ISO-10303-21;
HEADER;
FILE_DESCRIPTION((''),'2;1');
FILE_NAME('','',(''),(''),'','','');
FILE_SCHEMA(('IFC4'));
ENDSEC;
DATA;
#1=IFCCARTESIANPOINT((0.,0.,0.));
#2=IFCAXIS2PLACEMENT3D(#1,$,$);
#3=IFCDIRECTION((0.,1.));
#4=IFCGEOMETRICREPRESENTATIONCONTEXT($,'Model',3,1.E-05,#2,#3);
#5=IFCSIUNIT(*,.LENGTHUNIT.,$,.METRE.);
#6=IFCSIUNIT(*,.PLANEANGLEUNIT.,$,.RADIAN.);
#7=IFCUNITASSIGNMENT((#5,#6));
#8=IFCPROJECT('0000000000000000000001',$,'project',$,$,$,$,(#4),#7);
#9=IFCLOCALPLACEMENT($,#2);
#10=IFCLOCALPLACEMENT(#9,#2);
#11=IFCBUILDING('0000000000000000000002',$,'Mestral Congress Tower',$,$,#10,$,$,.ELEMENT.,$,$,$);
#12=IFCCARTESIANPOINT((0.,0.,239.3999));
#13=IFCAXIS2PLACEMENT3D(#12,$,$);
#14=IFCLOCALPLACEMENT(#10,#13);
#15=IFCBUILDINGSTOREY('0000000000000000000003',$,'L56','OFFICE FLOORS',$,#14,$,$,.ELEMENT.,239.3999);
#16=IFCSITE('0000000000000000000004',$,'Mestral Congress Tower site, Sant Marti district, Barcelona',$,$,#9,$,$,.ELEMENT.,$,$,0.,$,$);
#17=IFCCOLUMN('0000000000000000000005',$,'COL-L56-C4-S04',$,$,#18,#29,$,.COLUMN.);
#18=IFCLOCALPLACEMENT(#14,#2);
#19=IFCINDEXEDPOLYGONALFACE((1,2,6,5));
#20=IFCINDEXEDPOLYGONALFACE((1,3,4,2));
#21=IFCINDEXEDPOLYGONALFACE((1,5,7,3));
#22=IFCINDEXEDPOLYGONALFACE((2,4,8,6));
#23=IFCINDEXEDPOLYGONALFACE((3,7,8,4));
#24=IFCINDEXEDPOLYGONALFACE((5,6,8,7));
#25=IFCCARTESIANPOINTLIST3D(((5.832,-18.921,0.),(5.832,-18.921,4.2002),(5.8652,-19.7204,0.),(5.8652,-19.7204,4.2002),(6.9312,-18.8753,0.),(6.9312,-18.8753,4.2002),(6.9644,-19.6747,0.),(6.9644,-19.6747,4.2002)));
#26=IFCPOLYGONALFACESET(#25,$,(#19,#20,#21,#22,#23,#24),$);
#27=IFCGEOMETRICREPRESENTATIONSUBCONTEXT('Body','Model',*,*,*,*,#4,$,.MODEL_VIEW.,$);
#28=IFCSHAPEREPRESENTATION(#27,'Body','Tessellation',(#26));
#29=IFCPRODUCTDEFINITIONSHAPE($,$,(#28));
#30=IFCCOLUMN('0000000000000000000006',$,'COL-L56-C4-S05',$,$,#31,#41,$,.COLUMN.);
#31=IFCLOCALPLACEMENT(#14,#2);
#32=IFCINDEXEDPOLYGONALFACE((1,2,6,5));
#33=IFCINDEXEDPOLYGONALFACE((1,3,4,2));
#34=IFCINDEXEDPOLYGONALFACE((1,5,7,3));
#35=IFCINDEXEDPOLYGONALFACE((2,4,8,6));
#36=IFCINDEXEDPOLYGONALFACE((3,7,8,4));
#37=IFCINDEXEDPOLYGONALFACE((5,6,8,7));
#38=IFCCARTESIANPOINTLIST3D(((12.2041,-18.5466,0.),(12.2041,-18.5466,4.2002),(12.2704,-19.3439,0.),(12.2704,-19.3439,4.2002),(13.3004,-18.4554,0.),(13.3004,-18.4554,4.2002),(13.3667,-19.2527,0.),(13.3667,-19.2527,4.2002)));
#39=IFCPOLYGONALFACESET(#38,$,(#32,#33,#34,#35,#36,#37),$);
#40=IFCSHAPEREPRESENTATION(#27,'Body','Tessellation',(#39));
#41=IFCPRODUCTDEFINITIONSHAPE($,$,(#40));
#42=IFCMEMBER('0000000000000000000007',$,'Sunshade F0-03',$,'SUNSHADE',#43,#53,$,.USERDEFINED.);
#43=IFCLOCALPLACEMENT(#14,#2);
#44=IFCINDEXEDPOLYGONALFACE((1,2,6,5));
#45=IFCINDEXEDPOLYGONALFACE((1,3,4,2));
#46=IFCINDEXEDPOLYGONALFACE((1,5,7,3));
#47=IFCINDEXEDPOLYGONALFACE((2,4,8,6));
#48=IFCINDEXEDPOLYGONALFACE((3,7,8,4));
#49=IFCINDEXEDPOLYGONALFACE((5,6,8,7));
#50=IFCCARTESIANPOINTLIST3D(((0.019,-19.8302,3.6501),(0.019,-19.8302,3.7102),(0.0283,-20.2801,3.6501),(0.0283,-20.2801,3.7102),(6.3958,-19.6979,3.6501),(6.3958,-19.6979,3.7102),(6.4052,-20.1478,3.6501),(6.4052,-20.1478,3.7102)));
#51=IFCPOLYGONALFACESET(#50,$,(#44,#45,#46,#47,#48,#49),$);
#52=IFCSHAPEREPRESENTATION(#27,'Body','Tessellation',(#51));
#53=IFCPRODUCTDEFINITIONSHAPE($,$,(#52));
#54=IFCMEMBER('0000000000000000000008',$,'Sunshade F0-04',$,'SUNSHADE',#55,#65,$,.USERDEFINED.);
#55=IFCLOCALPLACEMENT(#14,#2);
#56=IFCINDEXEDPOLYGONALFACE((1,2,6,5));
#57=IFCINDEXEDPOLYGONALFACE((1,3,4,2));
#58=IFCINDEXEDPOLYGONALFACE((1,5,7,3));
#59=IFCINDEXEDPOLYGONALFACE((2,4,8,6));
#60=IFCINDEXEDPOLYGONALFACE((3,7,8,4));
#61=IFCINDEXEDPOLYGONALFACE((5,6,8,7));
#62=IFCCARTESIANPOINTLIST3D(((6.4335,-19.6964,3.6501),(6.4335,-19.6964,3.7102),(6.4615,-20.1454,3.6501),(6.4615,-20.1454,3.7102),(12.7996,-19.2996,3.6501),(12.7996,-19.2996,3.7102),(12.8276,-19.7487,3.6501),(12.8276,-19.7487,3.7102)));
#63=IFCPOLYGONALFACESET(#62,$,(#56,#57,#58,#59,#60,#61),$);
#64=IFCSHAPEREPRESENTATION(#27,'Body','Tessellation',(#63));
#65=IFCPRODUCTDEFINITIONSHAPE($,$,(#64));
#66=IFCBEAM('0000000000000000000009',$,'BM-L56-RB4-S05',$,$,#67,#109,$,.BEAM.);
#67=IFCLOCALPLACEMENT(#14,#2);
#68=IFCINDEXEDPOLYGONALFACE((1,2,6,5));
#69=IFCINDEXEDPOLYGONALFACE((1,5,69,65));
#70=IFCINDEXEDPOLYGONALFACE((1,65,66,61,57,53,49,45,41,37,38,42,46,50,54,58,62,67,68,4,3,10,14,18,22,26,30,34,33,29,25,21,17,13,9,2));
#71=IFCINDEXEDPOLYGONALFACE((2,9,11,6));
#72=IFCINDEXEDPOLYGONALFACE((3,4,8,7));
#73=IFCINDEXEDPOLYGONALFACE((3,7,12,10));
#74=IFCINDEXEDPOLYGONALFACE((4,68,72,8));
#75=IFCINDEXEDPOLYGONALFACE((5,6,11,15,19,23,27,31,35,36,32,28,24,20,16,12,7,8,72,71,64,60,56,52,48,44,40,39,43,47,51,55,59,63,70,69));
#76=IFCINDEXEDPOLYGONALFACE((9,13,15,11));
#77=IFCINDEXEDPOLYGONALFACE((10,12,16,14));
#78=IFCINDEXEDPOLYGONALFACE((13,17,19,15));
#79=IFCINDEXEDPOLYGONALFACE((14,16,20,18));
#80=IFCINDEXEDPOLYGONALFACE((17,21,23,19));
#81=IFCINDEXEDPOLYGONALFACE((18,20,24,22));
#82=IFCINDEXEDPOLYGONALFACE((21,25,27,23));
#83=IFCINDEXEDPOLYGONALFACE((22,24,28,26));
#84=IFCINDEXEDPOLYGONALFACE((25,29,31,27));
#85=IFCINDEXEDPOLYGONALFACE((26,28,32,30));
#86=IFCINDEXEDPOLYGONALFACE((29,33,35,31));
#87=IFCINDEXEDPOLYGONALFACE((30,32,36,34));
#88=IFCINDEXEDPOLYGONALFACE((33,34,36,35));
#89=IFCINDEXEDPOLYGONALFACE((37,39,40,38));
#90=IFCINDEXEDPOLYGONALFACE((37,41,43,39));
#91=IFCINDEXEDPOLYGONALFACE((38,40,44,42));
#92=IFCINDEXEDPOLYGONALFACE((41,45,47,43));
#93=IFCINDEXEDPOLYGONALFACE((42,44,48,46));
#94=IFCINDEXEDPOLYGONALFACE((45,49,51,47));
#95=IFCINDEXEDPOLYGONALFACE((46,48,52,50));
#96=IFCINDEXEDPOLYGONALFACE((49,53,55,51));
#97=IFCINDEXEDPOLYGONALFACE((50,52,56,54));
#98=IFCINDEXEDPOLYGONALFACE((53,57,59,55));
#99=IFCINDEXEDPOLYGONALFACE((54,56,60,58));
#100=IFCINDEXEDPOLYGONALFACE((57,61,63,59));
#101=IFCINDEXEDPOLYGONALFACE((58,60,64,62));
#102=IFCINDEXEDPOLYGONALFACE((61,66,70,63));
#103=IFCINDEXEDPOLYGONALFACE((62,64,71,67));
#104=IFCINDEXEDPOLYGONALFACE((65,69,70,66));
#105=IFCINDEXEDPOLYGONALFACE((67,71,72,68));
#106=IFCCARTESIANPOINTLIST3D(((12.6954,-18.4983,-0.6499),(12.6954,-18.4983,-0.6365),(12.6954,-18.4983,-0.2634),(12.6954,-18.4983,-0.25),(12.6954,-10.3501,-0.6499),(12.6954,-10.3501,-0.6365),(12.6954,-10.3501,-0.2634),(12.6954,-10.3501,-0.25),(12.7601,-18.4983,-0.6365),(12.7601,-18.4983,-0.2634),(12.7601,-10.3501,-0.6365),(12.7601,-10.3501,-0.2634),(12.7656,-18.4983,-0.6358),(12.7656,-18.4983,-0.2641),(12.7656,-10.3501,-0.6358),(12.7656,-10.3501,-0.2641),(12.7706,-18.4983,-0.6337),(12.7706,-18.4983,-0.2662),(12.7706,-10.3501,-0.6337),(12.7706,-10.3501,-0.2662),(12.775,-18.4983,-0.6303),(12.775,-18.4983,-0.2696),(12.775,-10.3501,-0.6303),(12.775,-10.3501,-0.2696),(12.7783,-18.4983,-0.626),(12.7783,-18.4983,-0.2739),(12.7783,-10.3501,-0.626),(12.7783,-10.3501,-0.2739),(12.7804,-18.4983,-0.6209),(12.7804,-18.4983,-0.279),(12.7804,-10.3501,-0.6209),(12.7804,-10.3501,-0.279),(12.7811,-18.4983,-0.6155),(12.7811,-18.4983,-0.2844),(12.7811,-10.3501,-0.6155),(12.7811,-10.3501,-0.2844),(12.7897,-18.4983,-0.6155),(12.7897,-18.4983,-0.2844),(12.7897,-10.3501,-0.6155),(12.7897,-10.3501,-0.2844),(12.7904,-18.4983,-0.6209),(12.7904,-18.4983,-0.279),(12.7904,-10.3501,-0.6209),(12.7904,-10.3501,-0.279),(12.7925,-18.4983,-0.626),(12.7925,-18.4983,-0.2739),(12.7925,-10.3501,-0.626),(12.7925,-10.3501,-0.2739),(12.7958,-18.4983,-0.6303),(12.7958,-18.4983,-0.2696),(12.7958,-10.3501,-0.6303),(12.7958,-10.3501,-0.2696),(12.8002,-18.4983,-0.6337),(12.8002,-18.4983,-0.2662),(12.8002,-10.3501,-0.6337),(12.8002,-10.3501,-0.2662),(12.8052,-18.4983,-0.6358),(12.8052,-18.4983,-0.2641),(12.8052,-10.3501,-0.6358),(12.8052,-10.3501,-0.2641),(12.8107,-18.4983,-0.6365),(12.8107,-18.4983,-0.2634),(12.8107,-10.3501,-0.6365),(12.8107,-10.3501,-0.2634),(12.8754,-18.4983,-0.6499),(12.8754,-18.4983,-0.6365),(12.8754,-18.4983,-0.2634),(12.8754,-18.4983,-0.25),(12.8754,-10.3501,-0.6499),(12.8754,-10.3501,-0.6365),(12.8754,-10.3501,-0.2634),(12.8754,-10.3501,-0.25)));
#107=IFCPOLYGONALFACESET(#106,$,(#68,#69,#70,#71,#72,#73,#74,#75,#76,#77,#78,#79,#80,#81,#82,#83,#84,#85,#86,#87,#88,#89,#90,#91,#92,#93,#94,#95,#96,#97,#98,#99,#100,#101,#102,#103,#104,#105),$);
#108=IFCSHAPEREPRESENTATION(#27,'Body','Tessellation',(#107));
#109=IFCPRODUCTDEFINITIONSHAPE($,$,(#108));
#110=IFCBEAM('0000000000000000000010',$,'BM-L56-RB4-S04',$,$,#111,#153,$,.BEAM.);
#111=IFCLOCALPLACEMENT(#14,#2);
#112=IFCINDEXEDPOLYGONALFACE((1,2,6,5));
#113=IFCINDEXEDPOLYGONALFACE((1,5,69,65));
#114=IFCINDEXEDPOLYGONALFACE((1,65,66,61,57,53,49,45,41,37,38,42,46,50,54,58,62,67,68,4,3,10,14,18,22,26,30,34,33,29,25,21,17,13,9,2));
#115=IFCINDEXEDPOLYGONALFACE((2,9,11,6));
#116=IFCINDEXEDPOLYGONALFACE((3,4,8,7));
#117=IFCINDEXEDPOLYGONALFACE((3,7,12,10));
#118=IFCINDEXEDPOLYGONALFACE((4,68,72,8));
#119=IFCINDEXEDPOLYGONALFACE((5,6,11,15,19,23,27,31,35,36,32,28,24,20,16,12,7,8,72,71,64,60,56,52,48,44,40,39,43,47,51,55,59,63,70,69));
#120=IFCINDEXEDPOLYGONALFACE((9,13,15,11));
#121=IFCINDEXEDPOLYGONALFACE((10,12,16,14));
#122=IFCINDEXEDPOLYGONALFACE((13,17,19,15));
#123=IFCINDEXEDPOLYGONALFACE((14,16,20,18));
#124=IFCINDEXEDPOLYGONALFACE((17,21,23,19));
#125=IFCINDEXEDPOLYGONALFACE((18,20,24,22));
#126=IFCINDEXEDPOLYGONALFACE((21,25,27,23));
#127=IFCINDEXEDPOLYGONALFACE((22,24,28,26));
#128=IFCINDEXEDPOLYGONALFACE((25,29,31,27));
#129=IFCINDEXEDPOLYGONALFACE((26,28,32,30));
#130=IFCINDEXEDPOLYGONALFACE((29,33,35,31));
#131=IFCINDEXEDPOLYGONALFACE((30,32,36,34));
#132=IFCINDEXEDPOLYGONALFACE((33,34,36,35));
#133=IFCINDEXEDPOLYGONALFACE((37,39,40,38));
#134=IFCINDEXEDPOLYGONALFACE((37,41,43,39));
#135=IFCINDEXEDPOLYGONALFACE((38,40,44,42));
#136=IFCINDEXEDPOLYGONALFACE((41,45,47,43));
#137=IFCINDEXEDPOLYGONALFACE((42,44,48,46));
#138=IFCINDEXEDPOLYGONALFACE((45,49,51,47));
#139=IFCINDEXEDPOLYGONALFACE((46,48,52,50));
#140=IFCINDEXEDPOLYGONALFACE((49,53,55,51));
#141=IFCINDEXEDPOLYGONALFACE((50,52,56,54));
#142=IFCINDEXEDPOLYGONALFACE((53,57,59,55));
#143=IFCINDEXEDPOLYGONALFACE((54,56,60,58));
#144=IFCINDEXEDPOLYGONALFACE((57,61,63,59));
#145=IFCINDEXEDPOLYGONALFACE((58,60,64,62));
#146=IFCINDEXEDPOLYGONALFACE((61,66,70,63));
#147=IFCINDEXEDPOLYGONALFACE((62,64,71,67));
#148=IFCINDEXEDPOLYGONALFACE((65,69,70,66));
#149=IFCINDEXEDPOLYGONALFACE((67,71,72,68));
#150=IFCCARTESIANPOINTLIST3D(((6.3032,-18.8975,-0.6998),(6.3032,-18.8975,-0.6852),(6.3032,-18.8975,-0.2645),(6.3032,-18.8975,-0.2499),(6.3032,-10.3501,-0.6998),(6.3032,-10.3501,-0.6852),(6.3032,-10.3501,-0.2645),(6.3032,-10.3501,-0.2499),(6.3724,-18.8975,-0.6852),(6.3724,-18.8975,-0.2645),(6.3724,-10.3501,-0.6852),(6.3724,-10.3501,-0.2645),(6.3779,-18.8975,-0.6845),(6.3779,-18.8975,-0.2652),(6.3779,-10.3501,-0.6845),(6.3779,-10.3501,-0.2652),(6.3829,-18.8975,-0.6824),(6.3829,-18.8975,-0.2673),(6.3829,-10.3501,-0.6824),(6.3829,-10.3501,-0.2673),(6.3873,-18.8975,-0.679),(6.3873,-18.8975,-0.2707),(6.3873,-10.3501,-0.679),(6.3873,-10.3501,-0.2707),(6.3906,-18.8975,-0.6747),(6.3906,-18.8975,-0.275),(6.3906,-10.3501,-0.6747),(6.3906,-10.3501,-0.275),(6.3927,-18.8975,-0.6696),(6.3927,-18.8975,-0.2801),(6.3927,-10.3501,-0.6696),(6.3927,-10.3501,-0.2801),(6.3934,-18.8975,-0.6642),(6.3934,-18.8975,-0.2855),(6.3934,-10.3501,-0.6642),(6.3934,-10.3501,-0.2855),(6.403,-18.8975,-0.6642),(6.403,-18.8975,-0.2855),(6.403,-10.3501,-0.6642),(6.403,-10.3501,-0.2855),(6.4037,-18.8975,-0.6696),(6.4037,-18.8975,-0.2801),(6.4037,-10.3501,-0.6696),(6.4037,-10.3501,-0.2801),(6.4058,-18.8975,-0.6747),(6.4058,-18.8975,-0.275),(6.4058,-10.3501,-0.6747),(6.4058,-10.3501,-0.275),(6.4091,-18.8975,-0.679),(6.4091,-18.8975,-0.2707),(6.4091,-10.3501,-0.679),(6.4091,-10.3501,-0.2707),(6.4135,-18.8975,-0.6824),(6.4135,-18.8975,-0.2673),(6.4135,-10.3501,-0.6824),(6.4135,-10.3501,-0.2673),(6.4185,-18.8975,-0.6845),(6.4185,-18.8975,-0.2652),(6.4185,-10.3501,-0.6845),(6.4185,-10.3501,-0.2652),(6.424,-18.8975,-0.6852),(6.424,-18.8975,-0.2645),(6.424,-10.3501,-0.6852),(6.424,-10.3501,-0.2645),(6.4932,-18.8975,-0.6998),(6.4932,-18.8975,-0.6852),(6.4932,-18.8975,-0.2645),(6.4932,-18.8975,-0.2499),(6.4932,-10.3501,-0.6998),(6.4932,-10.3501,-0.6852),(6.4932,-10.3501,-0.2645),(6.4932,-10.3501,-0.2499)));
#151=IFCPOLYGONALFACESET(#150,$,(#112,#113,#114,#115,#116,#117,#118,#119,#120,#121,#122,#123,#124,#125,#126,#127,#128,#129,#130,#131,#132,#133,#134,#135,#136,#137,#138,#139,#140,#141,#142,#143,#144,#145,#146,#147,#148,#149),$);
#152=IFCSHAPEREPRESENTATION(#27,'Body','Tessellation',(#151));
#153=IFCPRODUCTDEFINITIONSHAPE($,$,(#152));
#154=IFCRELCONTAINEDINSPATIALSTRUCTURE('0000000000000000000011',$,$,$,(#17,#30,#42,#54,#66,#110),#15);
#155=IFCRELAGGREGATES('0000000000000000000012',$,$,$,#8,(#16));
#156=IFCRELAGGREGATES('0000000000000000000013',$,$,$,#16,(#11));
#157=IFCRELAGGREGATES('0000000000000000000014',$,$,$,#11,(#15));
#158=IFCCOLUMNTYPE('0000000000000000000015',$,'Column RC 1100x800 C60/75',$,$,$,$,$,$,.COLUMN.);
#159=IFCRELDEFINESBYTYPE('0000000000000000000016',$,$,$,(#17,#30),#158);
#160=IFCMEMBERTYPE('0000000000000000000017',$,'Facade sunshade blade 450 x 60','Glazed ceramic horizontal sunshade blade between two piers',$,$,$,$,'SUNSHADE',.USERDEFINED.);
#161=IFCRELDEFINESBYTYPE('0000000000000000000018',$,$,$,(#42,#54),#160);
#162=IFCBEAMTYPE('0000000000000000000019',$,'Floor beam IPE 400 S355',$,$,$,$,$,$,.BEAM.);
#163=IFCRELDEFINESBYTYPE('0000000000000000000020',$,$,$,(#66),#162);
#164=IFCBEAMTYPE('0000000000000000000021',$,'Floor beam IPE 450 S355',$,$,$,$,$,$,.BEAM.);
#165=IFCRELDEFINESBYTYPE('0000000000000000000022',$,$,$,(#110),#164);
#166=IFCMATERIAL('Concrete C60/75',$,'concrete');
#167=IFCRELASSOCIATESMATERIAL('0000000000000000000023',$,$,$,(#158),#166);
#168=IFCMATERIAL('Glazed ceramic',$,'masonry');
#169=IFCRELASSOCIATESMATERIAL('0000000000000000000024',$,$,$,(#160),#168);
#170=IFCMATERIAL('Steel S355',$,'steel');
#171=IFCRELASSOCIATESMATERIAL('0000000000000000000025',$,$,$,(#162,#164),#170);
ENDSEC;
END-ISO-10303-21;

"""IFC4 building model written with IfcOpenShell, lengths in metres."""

from ifc_helpers import new_model, si_unit, direction, frame, origin, origin_2d, place, context, subcontext, project, spatial, rectangle, i_section, extrude, material, material_profile, profile_set, type_object, element, save


model = new_model("IFC4")

# Units and contexts
model_context = context("Model", 3, precision=1e-05, world=origin(), true_north=direction((0.0, 1.0)))
body_context = subcontext(model_context, "Body", "Model", "MODEL_VIEW")
ifc_project = project(units=[si_unit("LENGTHUNIT", "METRE"), si_unit("PLANEANGLEUNIT", "RADIAN")], contexts=[model_context])

# Site, building, storey
site_placement = place(None, origin())
site = spatial("IfcSite", under=ifc_project, at=site_placement, Name="Mestral Congress Tower site, Sant Marti district, Barcelona", CompositionType="ELEMENT", RefElevation=0.0)
building_placement = place(site_placement, origin())
building = spatial("IfcBuilding", under=site, at=building_placement, Name="Mestral Congress Tower", CompositionType="ELEMENT")
storey_placement = place(building_placement, frame((0.0, 0.0, 239.3999)))
storey = spatial("IfcBuildingStorey", under=building, at=storey_placement, Name="L56", Description="OFFICE FLOORS", CompositionType="ELEMENT", Elevation=239.3999)

# Columns
ifc_material_1 = material(Name="Concrete C60/75", Category="concrete")
ifc_material_profile_1 = material_profile(ifc_material_1, rectangle(XDim=1.1001, YDim=0.8, at=origin_2d()), Name="RC 1100x800")
ifc_profile_set_1 = profile_set([ifc_material_profile_1], Name="Concrete C60/75")
column_type = type_object("IfcColumnType", Name="Column RC 1100x800 C60/75", PredefinedType="COLUMN", material=ifc_profile_set_1)
for number, where, z_axis, x_axis, name in (
    (1, (6.3982, -19.2979, 0.0), (0.0, 0.0, 1.0), (0.999139, 0.041492, 0.0), "COL-L56-C4-S04"),
    (2, (12.7854, -18.8997, 0.0), (0.0, 0.0, 1.0), (0.996557, 0.082914, 0.0), "COL-L56-C4-S05"),
):
    element("IfcColumn", number, at=place(storey_placement, frame(where, z_axis=z_axis, x_axis=x_axis)), inside=storey, type_object=column_type, Name=name, PredefinedType="COLUMN", context=body_context, shape_type="SweptSolid", body=[
        extrude(rectangle(XDim=1.1001, YDim=0.8, at=origin_2d()), origin(), (0.0, 0.0, 1.0), 4.2002),
    ])

# Members
ifc_material_2 = material(Name="Glazed ceramic", Category="masonry")
ifc_material_profile_2 = material_profile(ifc_material_2, rectangle(XDim=0.45, YDim=0.0601, at=origin_2d()), Name="Ceramic blade 450 x 60")
ifc_profile_set_2 = profile_set([ifc_material_profile_2], Name="Glazed ceramic")
member_type = type_object("IfcMemberType", Name="Facade sunshade blade 450 x 60", Description="Glazed ceramic horizontal sunshade blade between two piers", ElementType="SUNSHADE", PredefinedType="USERDEFINED", material=ifc_profile_set_2)
member_1_placement = place(storey_placement, frame((0.0237, -20.0552, 3.6802), z_axis=(0.999785, 0.020747, 0.0), x_axis=(-0.020747, 0.999785, 0.0)))
element("IfcMember", 3, at=member_1_placement, inside=storey, type_object=member_type, Name="Sunshade F0-03", ObjectType="SUNSHADE", PredefinedType="USERDEFINED", context=body_context, shape_type="SweptSolid", body=[
    extrude(rectangle(XDim=0.45, YDim=0.0601, at=origin_2d()), origin(), (0.0, 0.0, 1.0), 6.3782),
])
member_2_placement = place(storey_placement, frame((6.4475, -19.9209, 3.6802), z_axis=(0.998064, 0.0622, 0.0), x_axis=(-0.0622, 0.998064, 0.0)))
element("IfcMember", 4, at=member_2_placement, inside=storey, type_object=member_type, Name="Sunshade F0-04", ObjectType="SUNSHADE", PredefinedType="USERDEFINED", context=body_context, shape_type="SweptSolid", body=[
    extrude(rectangle(XDim=0.45, YDim=0.0601, at=origin_2d()), origin(), (0.0, 0.0, 1.0), 6.3784),
])

# Beams
ifc_material_3 = material(Name="Steel S355", Category="steel")
ifc_material_profile_3 = material_profile(ifc_material_3, i_section(OverallWidth=0.1799, OverallDepth=0.3999, WebThickness=0.0085, FlangeThickness=0.0134, FilletRadius=0.021, at=origin_2d()), Name="IPE 400")
ifc_profile_set_3 = profile_set([ifc_material_profile_3], Name="Steel S355")
beam_type_1 = type_object("IfcBeamType", Name="Floor beam IPE 400 S355", PredefinedType="BEAM", material=ifc_profile_set_3)
beam_1_placement = place(storey_placement, frame((12.7854, -18.4983, -0.45), z_axis=(0.0, 1.0, 0.0), x_axis=(-1.0, 0.0, 0.0)))
element("IfcBeam", 5, at=beam_1_placement, inside=storey, type_object=beam_type_1, Name="BM-L56-RB4-S05", PredefinedType="BEAM", context=body_context, shape_type="SweptSolid", body=[
    extrude(i_section(OverallWidth=0.1799, OverallDepth=0.3999, WebThickness=0.0085, FlangeThickness=0.0134, FilletRadius=0.021, at=origin_2d()), origin(), (0.0, 0.0, 1.0), 8.1482),
])
ifc_material_profile_4 = material_profile(ifc_material_3, i_section(OverallWidth=0.1899, OverallDepth=0.45, WebThickness=0.0095, FlangeThickness=0.0146, FilletRadius=0.021, at=origin_2d()), Name="IPE 450")
ifc_profile_set_4 = profile_set([ifc_material_profile_4], Name="Steel S355")
beam_type_2 = type_object("IfcBeamType", Name="Floor beam IPE 450 S355", PredefinedType="BEAM", material=ifc_profile_set_4)
beam_2_placement = place(storey_placement, frame((6.3982, -18.8975, -0.4749), z_axis=(0.0, 1.0, 0.0), x_axis=(-1.0, 0.0, 0.0)))
element("IfcBeam", 6, at=beam_2_placement, inside=storey, type_object=beam_type_2, Name="BM-L56-RB4-S04", PredefinedType="BEAM", context=body_context, shape_type="SweptSolid", body=[
    extrude(i_section(OverallWidth=0.1899, OverallDepth=0.45, WebThickness=0.0095, FlangeThickness=0.0146, FilletRadius=0.021, at=origin_2d()), origin(), (0.0, 0.0, 1.0), 8.5474),
])

save(model, "model.ifc")
